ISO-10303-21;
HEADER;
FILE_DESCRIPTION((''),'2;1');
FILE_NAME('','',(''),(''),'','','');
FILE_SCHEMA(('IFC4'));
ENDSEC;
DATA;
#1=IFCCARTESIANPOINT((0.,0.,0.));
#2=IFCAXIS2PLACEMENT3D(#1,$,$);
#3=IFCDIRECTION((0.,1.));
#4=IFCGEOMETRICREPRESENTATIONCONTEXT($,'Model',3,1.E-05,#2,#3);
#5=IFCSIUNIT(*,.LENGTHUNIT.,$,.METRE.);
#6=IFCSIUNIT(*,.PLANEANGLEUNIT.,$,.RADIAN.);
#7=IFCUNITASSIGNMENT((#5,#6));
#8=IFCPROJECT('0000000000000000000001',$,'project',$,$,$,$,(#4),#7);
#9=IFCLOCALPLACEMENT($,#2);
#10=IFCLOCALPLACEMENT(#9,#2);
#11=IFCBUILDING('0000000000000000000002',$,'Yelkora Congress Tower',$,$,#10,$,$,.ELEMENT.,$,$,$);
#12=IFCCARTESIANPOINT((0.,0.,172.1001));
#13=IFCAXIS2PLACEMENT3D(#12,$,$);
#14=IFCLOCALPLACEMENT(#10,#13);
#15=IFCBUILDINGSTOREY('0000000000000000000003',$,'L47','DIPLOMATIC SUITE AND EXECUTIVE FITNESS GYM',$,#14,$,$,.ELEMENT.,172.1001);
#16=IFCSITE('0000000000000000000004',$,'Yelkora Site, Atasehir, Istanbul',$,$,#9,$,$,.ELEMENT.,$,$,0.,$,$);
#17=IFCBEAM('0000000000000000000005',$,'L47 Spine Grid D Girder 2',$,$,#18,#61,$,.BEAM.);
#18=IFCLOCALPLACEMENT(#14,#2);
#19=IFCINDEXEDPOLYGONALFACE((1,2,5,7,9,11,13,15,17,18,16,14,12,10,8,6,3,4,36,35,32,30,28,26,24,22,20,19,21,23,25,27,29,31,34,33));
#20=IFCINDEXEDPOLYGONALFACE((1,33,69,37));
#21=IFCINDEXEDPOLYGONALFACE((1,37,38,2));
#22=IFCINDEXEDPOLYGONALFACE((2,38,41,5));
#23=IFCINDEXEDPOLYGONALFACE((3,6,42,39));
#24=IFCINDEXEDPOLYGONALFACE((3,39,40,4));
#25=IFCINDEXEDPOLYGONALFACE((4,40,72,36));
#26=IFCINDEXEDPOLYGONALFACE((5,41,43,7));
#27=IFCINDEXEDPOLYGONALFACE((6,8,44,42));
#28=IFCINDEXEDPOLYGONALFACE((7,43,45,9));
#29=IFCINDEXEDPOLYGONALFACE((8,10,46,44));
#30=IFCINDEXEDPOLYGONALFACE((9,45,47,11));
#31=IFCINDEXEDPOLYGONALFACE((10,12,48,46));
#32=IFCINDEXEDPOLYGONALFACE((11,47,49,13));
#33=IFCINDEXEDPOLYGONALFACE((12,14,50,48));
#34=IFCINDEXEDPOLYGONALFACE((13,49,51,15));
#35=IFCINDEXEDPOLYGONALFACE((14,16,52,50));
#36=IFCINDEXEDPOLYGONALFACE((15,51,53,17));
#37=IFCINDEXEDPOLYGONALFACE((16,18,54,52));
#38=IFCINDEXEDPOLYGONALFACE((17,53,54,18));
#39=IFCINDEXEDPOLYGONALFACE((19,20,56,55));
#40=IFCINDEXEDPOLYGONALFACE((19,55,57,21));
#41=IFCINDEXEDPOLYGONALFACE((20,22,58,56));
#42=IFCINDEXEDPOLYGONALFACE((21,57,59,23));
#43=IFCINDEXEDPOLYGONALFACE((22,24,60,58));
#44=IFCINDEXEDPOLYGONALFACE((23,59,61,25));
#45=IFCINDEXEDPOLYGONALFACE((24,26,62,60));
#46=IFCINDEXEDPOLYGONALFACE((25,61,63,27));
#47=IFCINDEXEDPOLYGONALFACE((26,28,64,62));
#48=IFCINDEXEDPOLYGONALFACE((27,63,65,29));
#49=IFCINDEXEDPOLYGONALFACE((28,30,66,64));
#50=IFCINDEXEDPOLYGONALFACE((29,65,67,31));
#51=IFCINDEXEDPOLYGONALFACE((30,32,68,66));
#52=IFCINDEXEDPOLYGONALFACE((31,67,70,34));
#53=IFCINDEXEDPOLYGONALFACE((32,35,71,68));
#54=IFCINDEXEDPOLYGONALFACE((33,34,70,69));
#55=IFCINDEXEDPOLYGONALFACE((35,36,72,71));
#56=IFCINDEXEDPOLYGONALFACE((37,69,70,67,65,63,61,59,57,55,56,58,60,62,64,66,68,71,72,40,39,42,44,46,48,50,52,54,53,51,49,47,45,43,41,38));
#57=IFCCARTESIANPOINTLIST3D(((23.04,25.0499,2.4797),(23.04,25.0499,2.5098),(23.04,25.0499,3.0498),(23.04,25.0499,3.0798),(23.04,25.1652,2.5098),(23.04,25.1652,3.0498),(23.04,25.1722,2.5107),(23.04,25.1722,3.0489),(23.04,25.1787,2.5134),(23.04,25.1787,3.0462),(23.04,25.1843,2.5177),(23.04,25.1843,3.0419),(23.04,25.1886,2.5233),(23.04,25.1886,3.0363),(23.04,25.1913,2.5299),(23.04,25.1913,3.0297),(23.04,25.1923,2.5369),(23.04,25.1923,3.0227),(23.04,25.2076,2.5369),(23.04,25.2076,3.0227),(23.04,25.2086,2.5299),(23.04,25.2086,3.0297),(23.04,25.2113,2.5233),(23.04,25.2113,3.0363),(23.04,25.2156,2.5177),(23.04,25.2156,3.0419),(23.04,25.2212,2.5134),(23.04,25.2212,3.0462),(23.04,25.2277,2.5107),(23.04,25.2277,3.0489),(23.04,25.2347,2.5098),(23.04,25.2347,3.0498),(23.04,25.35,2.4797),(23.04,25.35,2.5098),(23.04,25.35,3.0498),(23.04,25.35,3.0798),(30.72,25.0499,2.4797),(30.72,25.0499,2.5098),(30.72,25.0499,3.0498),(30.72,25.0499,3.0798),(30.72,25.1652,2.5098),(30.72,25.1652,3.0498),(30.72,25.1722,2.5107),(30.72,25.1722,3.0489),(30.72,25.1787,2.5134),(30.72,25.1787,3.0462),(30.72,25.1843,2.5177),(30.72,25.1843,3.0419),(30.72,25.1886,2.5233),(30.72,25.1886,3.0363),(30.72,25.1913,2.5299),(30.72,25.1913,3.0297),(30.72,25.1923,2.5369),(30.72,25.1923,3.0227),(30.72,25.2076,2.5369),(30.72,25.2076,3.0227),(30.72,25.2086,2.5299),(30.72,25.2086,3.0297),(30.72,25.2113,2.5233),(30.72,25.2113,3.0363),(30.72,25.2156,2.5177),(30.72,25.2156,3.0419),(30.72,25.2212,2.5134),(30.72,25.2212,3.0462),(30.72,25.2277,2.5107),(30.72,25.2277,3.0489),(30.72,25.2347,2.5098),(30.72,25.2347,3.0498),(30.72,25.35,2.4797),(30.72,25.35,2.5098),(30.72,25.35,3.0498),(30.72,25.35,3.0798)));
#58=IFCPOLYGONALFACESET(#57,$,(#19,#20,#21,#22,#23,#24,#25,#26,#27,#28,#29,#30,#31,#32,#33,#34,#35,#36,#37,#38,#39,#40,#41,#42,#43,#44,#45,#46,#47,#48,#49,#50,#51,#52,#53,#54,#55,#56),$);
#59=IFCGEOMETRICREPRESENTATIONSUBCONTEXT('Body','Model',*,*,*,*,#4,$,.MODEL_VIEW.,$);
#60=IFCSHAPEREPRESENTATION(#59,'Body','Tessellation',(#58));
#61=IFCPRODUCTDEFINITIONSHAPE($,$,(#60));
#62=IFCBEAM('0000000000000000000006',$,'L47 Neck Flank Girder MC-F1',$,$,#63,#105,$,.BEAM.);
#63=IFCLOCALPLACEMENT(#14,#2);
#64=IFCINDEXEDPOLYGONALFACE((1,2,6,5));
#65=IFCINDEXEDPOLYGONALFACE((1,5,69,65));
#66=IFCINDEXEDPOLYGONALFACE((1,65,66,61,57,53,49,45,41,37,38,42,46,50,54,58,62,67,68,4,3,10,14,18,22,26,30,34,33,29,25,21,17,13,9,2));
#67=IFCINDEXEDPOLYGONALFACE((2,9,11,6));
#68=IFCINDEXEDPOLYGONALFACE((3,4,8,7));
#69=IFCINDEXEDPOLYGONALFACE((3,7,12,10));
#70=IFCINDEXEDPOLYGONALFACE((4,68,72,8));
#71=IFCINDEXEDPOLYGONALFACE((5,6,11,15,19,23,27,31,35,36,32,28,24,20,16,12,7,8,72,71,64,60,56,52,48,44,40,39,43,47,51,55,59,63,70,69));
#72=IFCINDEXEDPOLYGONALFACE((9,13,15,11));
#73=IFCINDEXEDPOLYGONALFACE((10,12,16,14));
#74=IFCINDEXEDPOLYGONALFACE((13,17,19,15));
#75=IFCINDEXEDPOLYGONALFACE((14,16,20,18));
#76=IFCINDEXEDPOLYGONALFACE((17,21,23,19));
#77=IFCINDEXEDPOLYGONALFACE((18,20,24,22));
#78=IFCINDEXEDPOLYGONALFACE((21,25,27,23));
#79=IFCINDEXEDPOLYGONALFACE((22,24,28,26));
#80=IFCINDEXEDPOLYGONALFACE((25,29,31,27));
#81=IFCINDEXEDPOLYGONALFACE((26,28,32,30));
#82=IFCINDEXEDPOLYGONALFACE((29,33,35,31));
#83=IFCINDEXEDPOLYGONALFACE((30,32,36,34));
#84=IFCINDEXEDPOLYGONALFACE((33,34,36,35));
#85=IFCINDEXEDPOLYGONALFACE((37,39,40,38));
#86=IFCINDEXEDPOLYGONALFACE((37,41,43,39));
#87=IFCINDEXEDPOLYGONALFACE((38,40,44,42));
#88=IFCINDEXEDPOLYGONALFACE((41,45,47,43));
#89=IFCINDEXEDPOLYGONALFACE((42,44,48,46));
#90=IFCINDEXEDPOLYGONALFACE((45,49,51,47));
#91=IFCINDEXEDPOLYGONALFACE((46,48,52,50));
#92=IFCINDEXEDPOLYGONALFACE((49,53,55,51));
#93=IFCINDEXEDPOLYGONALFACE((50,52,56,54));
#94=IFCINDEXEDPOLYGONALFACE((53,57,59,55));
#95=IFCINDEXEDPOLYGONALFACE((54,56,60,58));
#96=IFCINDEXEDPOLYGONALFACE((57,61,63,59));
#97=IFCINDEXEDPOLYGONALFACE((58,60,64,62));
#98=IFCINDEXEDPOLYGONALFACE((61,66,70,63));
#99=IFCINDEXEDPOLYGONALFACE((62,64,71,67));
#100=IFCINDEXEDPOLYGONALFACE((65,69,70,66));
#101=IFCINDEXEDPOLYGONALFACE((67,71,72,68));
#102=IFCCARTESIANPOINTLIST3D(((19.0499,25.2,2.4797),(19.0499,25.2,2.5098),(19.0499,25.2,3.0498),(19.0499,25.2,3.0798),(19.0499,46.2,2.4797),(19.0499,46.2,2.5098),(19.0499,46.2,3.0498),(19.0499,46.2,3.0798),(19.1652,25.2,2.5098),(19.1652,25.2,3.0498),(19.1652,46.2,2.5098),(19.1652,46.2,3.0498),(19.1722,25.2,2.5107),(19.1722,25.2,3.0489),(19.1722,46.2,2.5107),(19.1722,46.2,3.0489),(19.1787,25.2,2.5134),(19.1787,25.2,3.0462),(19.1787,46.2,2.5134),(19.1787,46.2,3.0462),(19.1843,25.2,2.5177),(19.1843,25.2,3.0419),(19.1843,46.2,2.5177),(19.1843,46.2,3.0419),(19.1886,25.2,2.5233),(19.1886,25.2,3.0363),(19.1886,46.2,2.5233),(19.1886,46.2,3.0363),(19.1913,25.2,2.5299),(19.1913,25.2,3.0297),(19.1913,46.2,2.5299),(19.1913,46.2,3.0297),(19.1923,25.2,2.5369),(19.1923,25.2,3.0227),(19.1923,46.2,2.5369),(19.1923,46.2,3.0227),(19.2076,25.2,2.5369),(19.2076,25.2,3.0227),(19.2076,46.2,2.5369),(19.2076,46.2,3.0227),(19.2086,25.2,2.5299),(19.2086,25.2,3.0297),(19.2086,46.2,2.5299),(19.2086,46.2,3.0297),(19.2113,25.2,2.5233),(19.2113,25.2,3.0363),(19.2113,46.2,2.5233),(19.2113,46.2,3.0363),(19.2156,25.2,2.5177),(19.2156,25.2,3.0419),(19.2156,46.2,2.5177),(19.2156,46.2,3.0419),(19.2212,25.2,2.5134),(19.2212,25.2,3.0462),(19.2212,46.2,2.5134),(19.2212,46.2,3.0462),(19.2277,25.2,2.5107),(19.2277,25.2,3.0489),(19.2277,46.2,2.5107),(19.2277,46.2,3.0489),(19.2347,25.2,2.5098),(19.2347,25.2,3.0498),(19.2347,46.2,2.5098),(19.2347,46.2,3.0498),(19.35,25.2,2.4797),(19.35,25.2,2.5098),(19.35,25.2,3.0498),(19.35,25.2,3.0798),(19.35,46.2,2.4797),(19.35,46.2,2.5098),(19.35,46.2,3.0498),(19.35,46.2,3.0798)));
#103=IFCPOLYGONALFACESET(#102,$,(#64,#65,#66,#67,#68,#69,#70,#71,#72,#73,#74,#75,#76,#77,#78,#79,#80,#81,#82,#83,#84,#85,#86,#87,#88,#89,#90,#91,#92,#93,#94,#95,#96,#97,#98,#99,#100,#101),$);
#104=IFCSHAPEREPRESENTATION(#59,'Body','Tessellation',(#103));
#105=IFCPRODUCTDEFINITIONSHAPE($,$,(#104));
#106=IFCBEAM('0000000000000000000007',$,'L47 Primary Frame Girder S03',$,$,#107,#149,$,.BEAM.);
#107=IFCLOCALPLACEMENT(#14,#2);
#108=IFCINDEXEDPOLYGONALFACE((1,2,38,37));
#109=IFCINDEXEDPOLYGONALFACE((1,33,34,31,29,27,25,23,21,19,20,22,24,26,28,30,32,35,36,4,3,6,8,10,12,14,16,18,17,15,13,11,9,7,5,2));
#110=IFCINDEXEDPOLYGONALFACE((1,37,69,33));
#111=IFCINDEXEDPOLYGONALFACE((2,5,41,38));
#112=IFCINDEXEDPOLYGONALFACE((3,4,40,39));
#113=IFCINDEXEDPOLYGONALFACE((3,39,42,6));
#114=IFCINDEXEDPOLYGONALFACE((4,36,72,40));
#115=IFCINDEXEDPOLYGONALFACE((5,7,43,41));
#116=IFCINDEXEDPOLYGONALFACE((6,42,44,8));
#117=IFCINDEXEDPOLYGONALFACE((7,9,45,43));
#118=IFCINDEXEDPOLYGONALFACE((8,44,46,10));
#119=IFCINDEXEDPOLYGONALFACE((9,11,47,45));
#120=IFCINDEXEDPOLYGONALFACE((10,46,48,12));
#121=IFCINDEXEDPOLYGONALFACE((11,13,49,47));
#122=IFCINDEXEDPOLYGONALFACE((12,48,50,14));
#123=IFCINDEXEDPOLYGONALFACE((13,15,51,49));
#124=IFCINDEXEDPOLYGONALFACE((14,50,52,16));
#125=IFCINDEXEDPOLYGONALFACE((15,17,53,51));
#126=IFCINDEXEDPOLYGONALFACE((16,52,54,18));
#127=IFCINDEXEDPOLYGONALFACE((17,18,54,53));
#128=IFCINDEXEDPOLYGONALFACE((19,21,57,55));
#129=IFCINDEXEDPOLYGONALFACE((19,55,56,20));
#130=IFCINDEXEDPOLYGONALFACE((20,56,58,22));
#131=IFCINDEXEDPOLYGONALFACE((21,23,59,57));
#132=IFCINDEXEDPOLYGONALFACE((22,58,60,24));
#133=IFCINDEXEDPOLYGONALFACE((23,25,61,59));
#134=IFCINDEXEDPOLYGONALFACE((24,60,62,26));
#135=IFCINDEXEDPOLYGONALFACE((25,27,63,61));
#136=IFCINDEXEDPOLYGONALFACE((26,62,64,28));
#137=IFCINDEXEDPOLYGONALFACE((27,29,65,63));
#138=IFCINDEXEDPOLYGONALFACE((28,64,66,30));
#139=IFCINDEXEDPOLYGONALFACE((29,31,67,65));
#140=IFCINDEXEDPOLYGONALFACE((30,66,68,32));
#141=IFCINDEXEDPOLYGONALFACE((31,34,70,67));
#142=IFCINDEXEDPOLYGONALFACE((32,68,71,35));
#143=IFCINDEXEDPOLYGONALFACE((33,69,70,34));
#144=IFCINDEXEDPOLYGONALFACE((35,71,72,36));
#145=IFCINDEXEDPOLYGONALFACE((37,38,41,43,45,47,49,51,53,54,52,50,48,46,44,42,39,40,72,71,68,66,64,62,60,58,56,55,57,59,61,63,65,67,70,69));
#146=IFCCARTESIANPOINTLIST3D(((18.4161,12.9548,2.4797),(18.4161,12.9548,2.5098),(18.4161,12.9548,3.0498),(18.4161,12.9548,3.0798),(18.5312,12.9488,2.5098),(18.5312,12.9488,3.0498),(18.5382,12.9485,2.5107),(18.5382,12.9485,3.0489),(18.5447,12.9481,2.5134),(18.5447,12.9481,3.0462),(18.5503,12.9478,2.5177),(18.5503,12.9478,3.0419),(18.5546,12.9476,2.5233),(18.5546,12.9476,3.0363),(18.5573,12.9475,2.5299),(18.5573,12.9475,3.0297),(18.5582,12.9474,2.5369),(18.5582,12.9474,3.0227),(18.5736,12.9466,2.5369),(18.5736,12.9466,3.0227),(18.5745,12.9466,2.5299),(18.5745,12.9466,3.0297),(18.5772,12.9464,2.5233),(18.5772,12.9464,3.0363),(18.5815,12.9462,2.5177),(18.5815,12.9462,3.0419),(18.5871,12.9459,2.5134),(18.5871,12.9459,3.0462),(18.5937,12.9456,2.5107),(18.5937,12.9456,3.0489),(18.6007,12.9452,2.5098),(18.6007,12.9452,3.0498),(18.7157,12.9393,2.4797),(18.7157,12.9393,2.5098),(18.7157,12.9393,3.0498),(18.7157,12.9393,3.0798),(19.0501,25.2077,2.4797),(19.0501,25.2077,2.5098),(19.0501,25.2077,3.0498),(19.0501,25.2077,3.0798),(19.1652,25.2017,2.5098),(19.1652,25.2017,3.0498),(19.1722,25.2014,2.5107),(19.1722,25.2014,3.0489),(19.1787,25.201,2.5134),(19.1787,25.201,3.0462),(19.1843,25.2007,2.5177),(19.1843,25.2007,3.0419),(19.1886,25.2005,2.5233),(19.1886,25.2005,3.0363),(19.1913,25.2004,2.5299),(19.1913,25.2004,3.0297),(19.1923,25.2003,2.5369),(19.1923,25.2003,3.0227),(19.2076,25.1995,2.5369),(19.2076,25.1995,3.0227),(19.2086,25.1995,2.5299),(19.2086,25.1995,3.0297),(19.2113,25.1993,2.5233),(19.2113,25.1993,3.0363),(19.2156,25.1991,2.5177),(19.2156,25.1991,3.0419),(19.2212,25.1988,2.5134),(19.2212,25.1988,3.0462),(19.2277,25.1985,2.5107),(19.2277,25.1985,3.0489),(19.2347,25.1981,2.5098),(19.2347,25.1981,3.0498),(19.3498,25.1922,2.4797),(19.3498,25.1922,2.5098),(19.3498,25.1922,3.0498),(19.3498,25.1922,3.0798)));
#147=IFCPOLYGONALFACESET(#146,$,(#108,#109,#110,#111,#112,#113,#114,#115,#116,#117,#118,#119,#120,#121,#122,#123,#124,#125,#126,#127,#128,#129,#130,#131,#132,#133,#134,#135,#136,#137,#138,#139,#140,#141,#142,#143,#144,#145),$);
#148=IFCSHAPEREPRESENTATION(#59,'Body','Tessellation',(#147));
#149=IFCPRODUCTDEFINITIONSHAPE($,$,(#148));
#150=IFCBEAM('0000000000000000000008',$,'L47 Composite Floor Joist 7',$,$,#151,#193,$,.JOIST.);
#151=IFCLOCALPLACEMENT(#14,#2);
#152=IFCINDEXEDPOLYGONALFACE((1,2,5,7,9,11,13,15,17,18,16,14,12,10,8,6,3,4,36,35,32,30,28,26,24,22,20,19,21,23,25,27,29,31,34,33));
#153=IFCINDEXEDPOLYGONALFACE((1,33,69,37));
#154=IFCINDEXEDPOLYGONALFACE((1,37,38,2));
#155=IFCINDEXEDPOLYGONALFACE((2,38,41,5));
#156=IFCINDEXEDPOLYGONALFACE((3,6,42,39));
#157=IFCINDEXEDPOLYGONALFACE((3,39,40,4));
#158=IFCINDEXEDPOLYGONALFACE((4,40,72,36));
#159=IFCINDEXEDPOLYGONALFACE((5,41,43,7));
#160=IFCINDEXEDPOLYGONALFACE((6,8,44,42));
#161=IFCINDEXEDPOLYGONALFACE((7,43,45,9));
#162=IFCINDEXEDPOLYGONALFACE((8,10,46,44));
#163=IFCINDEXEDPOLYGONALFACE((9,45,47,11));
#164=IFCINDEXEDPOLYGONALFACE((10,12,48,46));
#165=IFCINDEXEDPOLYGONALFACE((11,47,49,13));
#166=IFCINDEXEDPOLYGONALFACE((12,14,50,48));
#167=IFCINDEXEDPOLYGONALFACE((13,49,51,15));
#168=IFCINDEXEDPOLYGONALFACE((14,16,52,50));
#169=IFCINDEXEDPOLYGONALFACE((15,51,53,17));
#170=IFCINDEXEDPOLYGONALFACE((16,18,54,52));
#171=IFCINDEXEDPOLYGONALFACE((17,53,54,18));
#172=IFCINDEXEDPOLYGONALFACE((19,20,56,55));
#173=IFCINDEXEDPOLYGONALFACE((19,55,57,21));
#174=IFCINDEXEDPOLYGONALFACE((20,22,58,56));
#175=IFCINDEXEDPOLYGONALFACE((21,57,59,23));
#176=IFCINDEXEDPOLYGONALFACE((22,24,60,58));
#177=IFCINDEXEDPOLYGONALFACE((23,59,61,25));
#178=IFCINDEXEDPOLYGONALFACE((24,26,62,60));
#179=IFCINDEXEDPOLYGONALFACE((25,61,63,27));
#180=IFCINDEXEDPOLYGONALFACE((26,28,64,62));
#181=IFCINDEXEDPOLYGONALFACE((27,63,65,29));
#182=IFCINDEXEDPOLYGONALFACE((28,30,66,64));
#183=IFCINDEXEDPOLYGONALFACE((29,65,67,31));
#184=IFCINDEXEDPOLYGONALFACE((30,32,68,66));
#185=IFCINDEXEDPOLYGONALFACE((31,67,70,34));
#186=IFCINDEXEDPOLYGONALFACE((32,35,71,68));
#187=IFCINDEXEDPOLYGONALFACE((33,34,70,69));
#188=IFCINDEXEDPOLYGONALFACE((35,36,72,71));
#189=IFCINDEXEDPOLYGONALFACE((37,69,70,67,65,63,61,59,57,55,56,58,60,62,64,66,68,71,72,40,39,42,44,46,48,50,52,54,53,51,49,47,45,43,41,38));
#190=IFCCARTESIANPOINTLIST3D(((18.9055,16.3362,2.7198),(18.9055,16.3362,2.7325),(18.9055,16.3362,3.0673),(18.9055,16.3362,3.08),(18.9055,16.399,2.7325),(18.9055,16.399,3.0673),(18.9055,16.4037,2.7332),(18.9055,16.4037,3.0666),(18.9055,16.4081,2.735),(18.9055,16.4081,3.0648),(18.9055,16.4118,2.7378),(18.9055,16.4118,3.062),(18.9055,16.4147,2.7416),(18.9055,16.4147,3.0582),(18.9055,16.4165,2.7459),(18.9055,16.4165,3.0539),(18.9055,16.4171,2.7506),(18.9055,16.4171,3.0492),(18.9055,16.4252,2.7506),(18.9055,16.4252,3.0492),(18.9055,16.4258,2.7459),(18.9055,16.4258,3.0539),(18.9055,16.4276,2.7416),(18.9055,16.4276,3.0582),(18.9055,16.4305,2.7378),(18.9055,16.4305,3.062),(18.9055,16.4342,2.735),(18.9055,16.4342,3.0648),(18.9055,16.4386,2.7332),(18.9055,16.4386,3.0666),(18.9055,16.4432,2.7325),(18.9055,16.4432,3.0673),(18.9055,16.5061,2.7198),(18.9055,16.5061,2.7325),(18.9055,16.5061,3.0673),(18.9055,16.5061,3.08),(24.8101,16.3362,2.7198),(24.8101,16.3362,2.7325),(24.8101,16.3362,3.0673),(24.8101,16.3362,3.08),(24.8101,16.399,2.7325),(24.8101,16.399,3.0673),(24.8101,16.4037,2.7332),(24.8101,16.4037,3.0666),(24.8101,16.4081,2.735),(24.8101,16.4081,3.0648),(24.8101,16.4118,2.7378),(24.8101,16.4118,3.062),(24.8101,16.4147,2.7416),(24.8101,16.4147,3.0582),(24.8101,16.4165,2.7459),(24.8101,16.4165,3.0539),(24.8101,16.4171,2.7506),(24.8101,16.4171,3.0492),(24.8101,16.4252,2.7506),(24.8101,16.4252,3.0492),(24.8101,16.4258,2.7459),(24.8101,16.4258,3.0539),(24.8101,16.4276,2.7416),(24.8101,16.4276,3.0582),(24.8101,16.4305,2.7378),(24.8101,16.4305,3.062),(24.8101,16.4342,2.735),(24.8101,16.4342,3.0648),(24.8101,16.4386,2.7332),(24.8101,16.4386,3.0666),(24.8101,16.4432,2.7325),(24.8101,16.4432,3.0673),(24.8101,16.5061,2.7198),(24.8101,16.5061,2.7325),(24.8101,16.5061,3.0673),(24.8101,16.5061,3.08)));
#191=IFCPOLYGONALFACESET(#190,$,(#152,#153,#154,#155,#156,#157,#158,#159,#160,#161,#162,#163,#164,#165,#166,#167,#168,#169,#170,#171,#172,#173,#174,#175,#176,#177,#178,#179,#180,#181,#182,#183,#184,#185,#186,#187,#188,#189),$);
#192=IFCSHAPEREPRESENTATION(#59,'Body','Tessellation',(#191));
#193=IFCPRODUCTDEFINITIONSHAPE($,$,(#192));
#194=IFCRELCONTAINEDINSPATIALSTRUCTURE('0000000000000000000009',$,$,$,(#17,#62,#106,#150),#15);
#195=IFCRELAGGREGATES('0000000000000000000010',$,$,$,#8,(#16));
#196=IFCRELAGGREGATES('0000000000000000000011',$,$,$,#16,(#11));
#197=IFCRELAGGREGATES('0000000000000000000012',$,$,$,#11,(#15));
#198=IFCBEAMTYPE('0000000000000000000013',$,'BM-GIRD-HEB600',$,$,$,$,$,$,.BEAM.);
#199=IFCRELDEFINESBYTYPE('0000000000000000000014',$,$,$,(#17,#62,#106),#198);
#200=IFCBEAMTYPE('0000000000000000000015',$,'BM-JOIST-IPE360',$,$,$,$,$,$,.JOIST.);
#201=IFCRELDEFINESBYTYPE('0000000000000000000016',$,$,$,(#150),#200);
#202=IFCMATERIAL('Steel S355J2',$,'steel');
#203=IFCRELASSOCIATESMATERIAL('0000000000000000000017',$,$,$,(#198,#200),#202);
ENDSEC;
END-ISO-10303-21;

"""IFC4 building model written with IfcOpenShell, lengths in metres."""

from ifc_helpers import new_model, si_unit, direction, frame, origin, origin_2d, place, context, subcontext, project, spatial, i_section, extrude, material, material_profile, profile_set, type_object, element, save


model = new_model("IFC4")

# Units and contexts
model_context = context("Model", 3, precision=1e-05, world=origin(), true_north=direction((0.0, 1.0)))
body_context = subcontext(model_context, "Body", "Model", "MODEL_VIEW")
ifc_project = project(units=[si_unit("LENGTHUNIT", "METRE"), si_unit("PLANEANGLEUNIT", "RADIAN")], contexts=[model_context])

# Site, building, storey
site_placement = place(None, origin())
site = spatial("IfcSite", under=ifc_project, at=site_placement, Name="Yelkora Site, Atasehir, Istanbul", CompositionType="ELEMENT", RefElevation=0.0)
building_placement = place(site_placement, origin())
building = spatial("IfcBuilding", under=site, at=building_placement, Name="Yelkora Congress Tower", CompositionType="ELEMENT")
storey_placement = place(building_placement, frame((0.0, 0.0, 172.1001)))
storey = spatial("IfcBuildingStorey", under=building, at=storey_placement, Name="L47", Description="DIPLOMATIC SUITE AND EXECUTIVE FITNESS GYM", CompositionType="ELEMENT", Elevation=172.1001)

# Beams
ifc_material_1 = material(Name="Steel S355J2", Category="steel")
ifc_material_profile_1 = material_profile(ifc_material_1, i_section(OverallWidth=0.3, OverallDepth=0.6001, WebThickness=0.0154, FlangeThickness=0.03, FilletRadius=0.0271, at=origin_2d()), Name="HEB 600")
ifc_profile_set_1 = profile_set([ifc_material_profile_1], Name="Steel S355J2")
beam_type_1 = type_object("IfcBeamType", Name="BM-GIRD-HEB600", PredefinedType="BEAM", material=ifc_profile_set_1)
beam_1_placement = place(storey_placement, frame((23.04, 25.2, 2.7798), z_axis=(1.0, 0.0, 0.0), x_axis=(0.0, 1.0, 0.0)))
element("IfcBeam", 1, at=beam_1_placement, inside=storey, type_object=beam_type_1, Name="L47 Spine Grid D Girder 2", PredefinedType="BEAM", context=body_context, shape_type="SweptSolid", body=[
    extrude(i_section(OverallWidth=0.3, OverallDepth=0.6001, WebThickness=0.0154, FlangeThickness=0.03, FilletRadius=0.0271, at=origin_2d()), origin(), (0.0, 0.0, 1.0), 7.6799),
])
beam_2_placement = place(storey_placement, frame((19.2, 25.2, 2.7798), z_axis=(0.0, 1.0, 0.0), x_axis=(-1.0, 0.0, 0.0)))
element("IfcBeam", 2, at=beam_2_placement, inside=storey, type_object=beam_type_1, Name="L47 Neck Flank Girder MC-F1", PredefinedType="BEAM", context=body_context, shape_type="SweptSolid", body=[
    extrude(i_section(OverallWidth=0.3, OverallDepth=0.6001, WebThickness=0.0154, FlangeThickness=0.03, FilletRadius=0.0271, at=origin_2d()), origin(), (0.0, 0.0, 1.0), 21.0),
])
beam_3_placement = place(storey_placement, frame((18.5659, 12.947, 2.7798), z_axis=(0.051676, 0.998664, 0.0), x_axis=(-0.998664, 0.051676, 0.0)))
element("IfcBeam", 3, at=beam_3_placement, inside=storey, type_object=beam_type_1, Name="L47 Primary Frame Girder S03", PredefinedType="BEAM", context=body_context, shape_type="SweptSolid", body=[
    extrude(i_section(OverallWidth=0.3, OverallDepth=0.6001, WebThickness=0.0154, FlangeThickness=0.03, FilletRadius=0.0271, at=origin_2d()), origin(), (0.0, 0.0, 1.0), 12.2693),
])
ifc_material_profile_2 = material_profile(ifc_material_1, i_section(OverallWidth=0.1699, OverallDepth=0.3601, WebThickness=0.0081, FlangeThickness=0.0127, FilletRadius=0.0181, at=origin_2d()), Name="IPE 360")
ifc_profile_set_2 = profile_set([ifc_material_profile_2], Name="Steel S355J2")
beam_type_2 = type_object("IfcBeamType", Name="BM-JOIST-IPE360", PredefinedType="JOIST", material=ifc_profile_set_2)
beam_4_placement = place(storey_placement, frame((18.9055, 16.4211, 2.8999), z_axis=(1.0, 0.0, 0.0), x_axis=(0.0, 1.0, 0.0)))
element("IfcBeam", 4, at=beam_4_placement, inside=storey, type_object=beam_type_2, Name="L47 Composite Floor Joist 7", PredefinedType="JOIST", context=body_context, shape_type="SweptSolid", body=[
    extrude(i_section(OverallWidth=0.1699, OverallDepth=0.3601, WebThickness=0.0081, FlangeThickness=0.0127, FilletRadius=0.0181, at=origin_2d()), origin(), (0.0, 0.0, 1.0), 5.9045),
])

save(model, "model.ifc")
